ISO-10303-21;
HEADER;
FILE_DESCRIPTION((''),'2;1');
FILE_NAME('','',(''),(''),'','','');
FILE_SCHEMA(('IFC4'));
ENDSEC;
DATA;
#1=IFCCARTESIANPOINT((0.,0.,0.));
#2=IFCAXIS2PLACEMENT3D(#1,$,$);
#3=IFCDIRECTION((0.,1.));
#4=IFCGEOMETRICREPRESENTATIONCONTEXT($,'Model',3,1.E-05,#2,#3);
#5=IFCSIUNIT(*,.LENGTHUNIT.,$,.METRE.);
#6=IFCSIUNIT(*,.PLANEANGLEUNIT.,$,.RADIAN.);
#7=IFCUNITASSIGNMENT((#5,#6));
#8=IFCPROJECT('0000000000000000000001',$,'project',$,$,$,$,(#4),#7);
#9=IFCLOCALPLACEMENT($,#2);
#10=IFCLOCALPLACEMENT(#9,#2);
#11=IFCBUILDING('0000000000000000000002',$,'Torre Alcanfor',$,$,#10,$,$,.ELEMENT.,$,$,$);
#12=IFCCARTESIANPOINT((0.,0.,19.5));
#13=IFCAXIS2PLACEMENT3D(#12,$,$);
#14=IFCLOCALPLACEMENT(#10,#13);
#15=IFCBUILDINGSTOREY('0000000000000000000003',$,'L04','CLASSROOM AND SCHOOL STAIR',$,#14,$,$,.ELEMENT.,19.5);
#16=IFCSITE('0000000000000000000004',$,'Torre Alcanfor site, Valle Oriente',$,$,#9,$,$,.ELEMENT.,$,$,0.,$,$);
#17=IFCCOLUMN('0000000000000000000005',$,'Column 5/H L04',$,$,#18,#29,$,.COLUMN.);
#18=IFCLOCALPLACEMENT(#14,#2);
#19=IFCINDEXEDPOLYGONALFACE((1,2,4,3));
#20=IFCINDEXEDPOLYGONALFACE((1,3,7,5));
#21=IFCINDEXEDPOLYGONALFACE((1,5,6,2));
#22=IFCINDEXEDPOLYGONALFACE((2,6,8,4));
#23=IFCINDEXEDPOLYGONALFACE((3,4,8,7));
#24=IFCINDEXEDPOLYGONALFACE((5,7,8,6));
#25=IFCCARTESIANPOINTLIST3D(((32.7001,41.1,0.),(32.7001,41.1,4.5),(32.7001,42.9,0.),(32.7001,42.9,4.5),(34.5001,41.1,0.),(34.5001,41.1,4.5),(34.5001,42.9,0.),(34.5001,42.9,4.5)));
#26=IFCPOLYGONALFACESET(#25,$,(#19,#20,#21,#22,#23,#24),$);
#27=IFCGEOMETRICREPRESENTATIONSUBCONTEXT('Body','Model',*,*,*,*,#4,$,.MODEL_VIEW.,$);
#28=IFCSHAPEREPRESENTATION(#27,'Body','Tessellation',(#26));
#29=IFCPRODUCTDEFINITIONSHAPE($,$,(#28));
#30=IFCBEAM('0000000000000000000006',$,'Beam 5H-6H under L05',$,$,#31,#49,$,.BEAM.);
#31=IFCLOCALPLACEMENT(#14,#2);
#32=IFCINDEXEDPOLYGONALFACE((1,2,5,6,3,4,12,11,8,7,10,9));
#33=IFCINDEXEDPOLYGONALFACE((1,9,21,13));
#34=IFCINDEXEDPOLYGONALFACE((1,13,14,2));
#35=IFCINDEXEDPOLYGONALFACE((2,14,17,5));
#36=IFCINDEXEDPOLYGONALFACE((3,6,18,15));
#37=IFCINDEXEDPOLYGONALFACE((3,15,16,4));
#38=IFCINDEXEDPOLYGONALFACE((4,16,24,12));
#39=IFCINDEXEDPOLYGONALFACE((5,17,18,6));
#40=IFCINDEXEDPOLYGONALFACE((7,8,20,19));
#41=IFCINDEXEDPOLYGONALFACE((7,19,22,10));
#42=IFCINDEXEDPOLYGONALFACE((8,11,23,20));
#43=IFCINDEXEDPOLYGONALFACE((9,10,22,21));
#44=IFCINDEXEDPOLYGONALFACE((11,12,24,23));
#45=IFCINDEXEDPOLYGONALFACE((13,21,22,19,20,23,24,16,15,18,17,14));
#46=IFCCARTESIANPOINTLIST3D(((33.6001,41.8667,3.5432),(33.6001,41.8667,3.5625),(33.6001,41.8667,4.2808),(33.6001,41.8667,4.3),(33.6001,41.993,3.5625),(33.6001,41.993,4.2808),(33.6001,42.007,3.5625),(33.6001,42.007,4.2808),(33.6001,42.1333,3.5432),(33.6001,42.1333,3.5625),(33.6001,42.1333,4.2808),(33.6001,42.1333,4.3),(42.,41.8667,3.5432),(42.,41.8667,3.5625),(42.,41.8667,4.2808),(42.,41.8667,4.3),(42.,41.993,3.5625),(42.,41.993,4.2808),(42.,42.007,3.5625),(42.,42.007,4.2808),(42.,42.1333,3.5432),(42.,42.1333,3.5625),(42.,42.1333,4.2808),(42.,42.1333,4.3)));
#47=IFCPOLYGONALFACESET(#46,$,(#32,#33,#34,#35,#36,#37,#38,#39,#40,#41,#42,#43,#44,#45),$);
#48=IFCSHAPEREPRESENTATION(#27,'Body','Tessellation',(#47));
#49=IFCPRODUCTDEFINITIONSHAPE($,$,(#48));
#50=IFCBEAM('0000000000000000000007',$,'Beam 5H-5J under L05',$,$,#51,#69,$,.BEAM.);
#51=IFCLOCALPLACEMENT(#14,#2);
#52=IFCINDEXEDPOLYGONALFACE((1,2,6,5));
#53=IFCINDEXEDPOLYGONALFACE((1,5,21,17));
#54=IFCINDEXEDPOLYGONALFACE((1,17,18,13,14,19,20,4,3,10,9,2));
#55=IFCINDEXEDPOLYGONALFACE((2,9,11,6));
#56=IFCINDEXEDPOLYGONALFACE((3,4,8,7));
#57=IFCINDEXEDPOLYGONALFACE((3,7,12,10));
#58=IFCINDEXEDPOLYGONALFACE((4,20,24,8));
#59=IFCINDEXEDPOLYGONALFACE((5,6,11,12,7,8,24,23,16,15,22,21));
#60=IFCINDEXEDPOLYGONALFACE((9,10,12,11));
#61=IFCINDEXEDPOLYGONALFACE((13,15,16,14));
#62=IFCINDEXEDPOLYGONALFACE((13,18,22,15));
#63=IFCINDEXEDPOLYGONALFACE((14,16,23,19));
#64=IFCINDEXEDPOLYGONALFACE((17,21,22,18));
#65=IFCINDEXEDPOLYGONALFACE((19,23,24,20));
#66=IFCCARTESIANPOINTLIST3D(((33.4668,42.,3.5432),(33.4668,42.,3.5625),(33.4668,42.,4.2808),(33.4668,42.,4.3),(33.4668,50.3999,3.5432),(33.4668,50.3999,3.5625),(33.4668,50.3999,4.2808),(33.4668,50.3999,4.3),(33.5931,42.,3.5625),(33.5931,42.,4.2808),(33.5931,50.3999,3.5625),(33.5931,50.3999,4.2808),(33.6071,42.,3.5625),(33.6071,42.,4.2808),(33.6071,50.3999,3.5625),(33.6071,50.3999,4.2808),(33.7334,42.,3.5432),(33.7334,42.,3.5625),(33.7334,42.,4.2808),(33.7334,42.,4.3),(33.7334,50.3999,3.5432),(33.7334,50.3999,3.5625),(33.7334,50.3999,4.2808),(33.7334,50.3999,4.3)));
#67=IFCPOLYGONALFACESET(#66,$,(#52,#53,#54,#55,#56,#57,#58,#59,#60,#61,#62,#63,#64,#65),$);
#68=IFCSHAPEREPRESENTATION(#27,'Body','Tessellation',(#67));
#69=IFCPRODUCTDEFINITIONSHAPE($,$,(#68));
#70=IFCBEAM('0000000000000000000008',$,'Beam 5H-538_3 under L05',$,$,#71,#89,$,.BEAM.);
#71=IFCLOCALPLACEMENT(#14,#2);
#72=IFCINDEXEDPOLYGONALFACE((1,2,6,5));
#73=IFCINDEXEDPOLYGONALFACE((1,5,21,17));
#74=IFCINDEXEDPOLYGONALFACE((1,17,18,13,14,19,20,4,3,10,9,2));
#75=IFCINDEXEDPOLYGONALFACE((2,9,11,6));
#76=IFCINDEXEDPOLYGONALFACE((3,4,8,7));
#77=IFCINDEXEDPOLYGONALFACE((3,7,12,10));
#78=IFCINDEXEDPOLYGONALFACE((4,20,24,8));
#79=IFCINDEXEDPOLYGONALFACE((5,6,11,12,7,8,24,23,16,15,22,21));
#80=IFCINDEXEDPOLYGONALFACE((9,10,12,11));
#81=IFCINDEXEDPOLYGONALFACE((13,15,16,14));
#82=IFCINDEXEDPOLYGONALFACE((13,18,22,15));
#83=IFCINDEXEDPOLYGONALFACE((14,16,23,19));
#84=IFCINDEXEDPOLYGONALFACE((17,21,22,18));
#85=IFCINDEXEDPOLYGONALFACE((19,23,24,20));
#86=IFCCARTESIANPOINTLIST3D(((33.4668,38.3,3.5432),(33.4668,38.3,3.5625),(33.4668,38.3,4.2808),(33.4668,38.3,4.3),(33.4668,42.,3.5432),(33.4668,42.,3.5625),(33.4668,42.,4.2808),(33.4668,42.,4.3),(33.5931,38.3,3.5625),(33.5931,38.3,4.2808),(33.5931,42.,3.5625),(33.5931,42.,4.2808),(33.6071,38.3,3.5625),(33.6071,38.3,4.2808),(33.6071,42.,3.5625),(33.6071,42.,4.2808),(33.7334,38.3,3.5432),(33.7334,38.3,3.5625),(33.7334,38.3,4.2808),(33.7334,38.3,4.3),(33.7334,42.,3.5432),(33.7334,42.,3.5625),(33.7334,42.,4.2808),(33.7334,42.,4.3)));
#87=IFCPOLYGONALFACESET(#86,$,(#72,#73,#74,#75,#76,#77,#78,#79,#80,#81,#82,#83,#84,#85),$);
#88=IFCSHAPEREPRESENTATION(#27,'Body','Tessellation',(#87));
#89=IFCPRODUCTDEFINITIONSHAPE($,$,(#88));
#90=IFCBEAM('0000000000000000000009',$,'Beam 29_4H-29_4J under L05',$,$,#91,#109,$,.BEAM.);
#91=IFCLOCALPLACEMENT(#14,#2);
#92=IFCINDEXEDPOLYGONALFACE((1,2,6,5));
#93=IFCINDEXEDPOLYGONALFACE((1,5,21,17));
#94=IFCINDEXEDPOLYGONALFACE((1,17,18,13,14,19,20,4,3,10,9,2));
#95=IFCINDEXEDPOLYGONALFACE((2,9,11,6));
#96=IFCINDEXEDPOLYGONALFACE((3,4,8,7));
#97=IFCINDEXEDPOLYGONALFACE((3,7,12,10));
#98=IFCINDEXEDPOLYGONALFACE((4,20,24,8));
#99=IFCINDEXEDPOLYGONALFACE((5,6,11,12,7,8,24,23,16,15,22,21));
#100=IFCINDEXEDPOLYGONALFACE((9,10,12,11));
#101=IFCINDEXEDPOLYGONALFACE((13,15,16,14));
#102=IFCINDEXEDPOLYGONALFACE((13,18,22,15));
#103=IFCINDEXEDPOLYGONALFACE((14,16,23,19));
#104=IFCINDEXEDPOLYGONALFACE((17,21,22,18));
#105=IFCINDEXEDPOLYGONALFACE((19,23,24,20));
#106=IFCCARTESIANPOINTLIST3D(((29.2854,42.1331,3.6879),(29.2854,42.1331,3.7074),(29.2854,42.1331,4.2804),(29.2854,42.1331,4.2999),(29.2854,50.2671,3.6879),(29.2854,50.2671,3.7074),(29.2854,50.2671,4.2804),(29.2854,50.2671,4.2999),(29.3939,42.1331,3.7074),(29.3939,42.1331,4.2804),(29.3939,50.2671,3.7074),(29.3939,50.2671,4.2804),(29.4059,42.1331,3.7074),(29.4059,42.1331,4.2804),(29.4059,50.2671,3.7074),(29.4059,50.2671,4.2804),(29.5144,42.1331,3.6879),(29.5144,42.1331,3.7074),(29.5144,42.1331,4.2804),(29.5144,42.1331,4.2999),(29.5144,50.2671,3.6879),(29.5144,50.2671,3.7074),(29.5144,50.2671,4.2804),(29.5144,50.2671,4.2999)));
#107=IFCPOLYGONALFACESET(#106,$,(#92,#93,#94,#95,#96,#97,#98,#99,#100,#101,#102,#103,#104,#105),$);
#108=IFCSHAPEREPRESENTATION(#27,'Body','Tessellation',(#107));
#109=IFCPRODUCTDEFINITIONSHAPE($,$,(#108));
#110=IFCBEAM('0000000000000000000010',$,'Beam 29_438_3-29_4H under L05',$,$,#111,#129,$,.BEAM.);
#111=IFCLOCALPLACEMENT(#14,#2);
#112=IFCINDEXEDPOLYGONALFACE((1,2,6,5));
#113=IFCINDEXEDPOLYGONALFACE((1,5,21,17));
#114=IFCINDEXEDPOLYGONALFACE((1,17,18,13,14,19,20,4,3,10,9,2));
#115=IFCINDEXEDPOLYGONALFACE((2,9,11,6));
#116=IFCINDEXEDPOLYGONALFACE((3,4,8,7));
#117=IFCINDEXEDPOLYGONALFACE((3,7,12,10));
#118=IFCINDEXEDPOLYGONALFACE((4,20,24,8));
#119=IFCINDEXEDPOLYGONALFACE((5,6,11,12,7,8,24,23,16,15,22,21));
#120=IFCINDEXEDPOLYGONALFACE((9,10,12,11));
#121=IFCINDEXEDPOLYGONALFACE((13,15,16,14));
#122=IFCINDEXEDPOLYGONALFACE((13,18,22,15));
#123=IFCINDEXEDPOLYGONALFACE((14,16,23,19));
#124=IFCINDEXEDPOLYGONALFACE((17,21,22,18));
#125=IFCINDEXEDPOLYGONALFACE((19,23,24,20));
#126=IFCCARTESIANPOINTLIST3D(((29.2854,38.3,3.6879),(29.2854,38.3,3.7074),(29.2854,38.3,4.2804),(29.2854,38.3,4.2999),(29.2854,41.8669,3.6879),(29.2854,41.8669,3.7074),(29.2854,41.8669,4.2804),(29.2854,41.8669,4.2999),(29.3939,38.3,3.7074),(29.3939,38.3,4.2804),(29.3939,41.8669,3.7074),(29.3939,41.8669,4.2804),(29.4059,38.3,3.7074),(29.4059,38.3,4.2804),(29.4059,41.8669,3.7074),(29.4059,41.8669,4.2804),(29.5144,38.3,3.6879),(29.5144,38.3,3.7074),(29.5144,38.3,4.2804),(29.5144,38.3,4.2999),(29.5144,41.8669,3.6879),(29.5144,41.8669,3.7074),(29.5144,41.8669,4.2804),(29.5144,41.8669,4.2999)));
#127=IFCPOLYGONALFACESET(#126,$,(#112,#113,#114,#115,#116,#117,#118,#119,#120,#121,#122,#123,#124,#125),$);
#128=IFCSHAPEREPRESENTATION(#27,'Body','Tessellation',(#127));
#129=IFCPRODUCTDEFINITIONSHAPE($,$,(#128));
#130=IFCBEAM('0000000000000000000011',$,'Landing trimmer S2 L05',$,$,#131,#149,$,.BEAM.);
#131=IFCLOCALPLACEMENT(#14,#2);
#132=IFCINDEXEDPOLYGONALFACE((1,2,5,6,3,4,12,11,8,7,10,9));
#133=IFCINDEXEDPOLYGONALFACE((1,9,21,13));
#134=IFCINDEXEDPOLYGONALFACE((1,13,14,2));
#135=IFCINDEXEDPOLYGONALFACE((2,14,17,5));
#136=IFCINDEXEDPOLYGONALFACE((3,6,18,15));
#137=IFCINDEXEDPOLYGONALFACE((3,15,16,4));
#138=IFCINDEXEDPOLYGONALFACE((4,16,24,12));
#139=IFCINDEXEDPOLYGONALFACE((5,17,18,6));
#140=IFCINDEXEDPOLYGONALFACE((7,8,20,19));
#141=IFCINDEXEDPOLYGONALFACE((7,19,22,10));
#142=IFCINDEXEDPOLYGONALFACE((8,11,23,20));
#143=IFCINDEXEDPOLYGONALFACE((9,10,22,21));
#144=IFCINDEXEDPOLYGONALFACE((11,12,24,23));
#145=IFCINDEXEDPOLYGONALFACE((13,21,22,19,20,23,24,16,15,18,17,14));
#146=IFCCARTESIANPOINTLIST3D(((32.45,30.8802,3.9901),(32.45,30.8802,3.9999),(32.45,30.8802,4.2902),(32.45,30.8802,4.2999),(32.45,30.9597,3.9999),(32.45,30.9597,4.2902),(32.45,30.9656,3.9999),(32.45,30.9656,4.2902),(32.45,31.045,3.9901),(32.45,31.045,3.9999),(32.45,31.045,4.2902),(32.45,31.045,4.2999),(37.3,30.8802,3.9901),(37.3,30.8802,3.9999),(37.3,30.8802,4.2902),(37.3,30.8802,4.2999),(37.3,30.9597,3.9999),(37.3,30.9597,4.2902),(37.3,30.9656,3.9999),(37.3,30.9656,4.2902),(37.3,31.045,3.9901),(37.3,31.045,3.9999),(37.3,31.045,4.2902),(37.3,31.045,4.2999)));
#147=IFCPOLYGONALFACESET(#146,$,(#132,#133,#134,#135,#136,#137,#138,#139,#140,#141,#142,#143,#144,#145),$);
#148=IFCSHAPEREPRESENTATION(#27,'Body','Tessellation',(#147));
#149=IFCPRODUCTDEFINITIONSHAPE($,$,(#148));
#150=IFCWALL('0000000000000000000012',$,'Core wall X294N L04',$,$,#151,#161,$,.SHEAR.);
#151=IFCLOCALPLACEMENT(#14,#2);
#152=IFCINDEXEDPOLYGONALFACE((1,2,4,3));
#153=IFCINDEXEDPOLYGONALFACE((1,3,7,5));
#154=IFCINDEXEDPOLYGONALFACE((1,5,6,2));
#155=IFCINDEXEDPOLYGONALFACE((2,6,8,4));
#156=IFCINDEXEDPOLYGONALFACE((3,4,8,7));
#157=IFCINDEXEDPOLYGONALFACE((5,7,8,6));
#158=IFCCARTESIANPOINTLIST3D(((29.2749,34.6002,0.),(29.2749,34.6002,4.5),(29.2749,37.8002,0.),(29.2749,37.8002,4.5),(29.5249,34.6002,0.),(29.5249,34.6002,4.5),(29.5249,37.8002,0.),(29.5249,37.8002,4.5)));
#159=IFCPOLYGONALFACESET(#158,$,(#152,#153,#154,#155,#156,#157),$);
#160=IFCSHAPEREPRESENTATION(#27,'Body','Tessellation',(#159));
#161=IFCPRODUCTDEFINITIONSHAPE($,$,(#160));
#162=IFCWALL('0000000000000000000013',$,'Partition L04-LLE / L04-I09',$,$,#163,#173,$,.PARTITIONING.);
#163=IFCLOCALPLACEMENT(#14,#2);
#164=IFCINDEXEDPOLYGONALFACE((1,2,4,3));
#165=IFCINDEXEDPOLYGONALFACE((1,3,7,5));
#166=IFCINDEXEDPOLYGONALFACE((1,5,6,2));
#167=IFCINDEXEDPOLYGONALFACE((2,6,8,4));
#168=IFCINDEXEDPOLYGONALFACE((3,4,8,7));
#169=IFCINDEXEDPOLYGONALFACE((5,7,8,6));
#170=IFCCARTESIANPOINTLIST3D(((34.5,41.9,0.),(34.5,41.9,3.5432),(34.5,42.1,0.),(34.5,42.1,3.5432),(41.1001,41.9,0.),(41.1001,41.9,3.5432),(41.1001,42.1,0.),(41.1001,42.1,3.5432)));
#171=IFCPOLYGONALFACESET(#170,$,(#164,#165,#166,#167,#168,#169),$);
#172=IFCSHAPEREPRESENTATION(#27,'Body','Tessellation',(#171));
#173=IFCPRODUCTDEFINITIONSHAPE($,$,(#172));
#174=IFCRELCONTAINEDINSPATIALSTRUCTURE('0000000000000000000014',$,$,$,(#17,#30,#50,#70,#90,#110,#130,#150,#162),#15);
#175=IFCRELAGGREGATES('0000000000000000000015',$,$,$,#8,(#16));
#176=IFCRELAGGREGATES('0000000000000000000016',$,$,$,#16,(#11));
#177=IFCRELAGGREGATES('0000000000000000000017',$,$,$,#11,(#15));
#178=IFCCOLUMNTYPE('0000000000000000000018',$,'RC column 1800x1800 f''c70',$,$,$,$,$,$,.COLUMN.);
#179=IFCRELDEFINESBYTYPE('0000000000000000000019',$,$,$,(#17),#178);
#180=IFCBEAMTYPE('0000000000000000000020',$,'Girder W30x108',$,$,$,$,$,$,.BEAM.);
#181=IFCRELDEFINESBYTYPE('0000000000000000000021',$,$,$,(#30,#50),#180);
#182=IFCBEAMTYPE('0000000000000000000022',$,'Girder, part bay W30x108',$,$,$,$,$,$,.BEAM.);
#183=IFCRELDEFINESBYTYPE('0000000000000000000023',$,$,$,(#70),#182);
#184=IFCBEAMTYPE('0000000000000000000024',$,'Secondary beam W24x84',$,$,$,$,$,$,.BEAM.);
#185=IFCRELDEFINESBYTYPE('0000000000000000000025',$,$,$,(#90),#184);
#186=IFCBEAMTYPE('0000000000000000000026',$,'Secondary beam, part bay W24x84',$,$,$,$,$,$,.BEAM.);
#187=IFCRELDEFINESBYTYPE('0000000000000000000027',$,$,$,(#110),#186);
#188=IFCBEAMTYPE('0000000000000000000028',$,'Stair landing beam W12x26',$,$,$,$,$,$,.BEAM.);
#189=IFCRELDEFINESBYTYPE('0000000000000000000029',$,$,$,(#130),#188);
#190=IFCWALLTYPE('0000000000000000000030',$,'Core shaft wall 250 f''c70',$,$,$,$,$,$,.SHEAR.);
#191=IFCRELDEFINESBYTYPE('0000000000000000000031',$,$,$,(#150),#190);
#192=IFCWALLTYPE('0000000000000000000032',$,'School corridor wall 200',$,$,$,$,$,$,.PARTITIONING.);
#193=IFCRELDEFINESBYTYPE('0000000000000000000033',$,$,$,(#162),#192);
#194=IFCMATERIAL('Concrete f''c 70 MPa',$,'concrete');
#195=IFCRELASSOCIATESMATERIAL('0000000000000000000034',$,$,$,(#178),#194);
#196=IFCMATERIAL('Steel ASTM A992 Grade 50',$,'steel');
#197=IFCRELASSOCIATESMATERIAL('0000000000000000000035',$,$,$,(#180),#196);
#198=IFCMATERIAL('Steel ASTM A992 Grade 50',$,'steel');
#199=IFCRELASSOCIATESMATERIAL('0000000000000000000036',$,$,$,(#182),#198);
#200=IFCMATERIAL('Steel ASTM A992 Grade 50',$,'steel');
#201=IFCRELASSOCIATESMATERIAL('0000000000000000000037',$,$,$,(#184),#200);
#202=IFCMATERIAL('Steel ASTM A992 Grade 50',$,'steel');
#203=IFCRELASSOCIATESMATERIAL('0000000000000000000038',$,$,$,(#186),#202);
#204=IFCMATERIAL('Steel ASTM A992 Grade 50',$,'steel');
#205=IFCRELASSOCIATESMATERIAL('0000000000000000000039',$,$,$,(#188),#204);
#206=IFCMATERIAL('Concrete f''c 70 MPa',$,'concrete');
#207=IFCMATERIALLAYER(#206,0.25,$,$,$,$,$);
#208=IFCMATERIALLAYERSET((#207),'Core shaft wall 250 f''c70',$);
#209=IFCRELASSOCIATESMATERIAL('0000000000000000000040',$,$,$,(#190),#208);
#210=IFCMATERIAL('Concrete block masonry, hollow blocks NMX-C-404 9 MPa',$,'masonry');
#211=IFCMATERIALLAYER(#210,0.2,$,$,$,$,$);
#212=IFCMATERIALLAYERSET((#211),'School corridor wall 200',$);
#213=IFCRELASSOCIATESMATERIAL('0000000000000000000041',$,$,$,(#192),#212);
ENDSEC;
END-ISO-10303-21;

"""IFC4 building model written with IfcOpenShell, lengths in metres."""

from ifc_helpers import new_model, si_unit, direction, frame, frame_2d, origin, origin_2d, place, context, subcontext, project, spatial, rectangle, i_section, extrude, material, layer, layer_set, material_profile, profile_set, type_object, element, save


model = new_model("IFC4")

# Units and contexts
model_context = context("Model", 3, precision=1e-05, world=origin(), true_north=direction((0.0, 1.0)))
body_context = subcontext(model_context, "Body", "Model", "MODEL_VIEW")
ifc_project = project(units=[si_unit("LENGTHUNIT", "METRE"), si_unit("PLANEANGLEUNIT", "RADIAN")], contexts=[model_context])

# Site, building, storey
site_placement = place(None, origin())
site = spatial("IfcSite", under=ifc_project, at=site_placement, Name="Torre Alcanfor site, Valle Oriente", CompositionType="ELEMENT", RefElevation=0.0)
building_placement = place(site_placement, origin())
building = spatial("IfcBuilding", under=site, at=building_placement, Name="Torre Alcanfor", CompositionType="ELEMENT")
storey_placement = place(building_placement, frame((0.0, 0.0, 19.5)))
storey = spatial("IfcBuildingStorey", under=building, at=storey_placement, Name="L04", Description="CLASSROOM AND SCHOOL STAIR", CompositionType="ELEMENT", Elevation=19.5)

# Column
ifc_material_1 = material(Name="Concrete f'c 70 MPa", Category="concrete")
ifc_material_profile_1 = material_profile(ifc_material_1, rectangle(XDim=1.8, YDim=1.8, at=origin_2d()), Name="1800x1800")
ifc_profile_set_1 = profile_set([ifc_material_profile_1], Name="Concrete f'c 70 MPa")
column_type = type_object("IfcColumnType", Name="RC column 1800x1800 f'c70", PredefinedType="COLUMN", material=ifc_profile_set_1)
column_placement = place(storey_placement, frame((33.6001, 42.0, 0.0), z_axis=(0.0, 0.0, 1.0), x_axis=(1.0, 0.0, 0.0)))
element("IfcColumn", 1, at=column_placement, inside=storey, type_object=column_type, Name="Column 5/H L04", PredefinedType="COLUMN", context=body_context, shape_type="SweptSolid", body=[
    extrude(rectangle(XDim=1.8, YDim=1.8, at=origin_2d()), origin(), (0.0, 0.0, 1.0), 4.5),
])

# Beams
ifc_material_2 = material(Name="Steel ASTM A992 Grade 50", Category="steel")
ifc_material_profile_2 = material_profile(ifc_material_2, i_section(OverallWidth=0.2666, OverallDepth=0.7568, WebThickness=0.0139, FlangeThickness=0.0193, at=origin_2d()), Name="W30x108")
ifc_profile_set_2 = profile_set([ifc_material_profile_2], Name="Steel ASTM A992 Grade 50")
beam_type_1 = type_object("IfcBeamType", Name="Girder W30x108", PredefinedType="BEAM", material=ifc_profile_set_2)
for number, where, z_axis, x_axis, name in (
    (2, (33.6001, 42.0, 3.9216), (1.0, 0.0, 0.0), (0.0, 1.0, 0.0), "Beam 5H-6H under L05"),
    (3, (33.6001, 42.0, 3.9216), (0.0, 1.0, 0.0), (-1.0, 0.0, 0.0), "Beam 5H-5J under L05"),
):
    element("IfcBeam", number, at=place(storey_placement, frame(where, z_axis=z_axis, x_axis=x_axis)), inside=storey, type_object=beam_type_1, Name=name, PredefinedType="BEAM", context=body_context, shape_type="SweptSolid", body=[
        extrude(i_section(OverallWidth=0.2666, OverallDepth=0.7568, WebThickness=0.0139, FlangeThickness=0.0193, at=origin_2d()), origin(), (0.0, 0.0, 1.0), 8.3999),
    ])
ifc_material_3 = material(Name="Steel ASTM A992 Grade 50", Category="steel")
ifc_material_profile_3 = material_profile(ifc_material_3, i_section(OverallWidth=0.2666, OverallDepth=0.7568, WebThickness=0.0139, FlangeThickness=0.0193, at=origin_2d()), Name="W30x108")
ifc_profile_set_3 = profile_set([ifc_material_profile_3], Name="Steel ASTM A992 Grade 50")
beam_type_2 = type_object("IfcBeamType", Name="Girder, part bay W30x108", PredefinedType="BEAM", material=ifc_profile_set_3)
beam_1_placement = place(storey_placement, frame((33.6001, 42.0, 3.9216), z_axis=(0.0, -1.0, 0.0), x_axis=(1.0, 0.0, 0.0)))
element("IfcBeam", 4, at=beam_1_placement, inside=storey, type_object=beam_type_2, Name="Beam 5H-538_3 under L05", PredefinedType="BEAM", context=body_context, shape_type="SweptSolid", body=[
    extrude(i_section(OverallWidth=0.2666, OverallDepth=0.7568, WebThickness=0.0139, FlangeThickness=0.0193, at=origin_2d()), origin(), (0.0, 0.0, 1.0), 3.7),
])
ifc_material_4 = material(Name="Steel ASTM A992 Grade 50", Category="steel")
ifc_material_profile_4 = material_profile(ifc_material_4, i_section(OverallWidth=0.229, OverallDepth=0.6121, WebThickness=0.012, FlangeThickness=0.0195, at=origin_2d()), Name="W24x84")
ifc_profile_set_4 = profile_set([ifc_material_profile_4], Name="Steel ASTM A992 Grade 50")
beam_type_3 = type_object("IfcBeamType", Name="Secondary beam W24x84", PredefinedType="BEAM", material=ifc_profile_set_4)
beam_2_placement = place(storey_placement, frame((29.3999, 42.1331, 3.9939), z_axis=(0.0, 1.0, 0.0), x_axis=(-1.0, 0.0, 0.0)))
element("IfcBeam", 5, at=beam_2_placement, inside=storey, type_object=beam_type_3, Name="Beam 29_4H-29_4J under L05", PredefinedType="BEAM", context=body_context, shape_type="SweptSolid", body=[
    extrude(i_section(OverallWidth=0.229, OverallDepth=0.6121, WebThickness=0.012, FlangeThickness=0.0195, at=origin_2d()), origin(), (0.0, 0.0, 1.0), 8.134),
])
ifc_material_5 = material(Name="Steel ASTM A992 Grade 50", Category="steel")
ifc_material_profile_5 = material_profile(ifc_material_5, i_section(OverallWidth=0.229, OverallDepth=0.6121, WebThickness=0.012, FlangeThickness=0.0195, at=origin_2d()), Name="W24x84")
ifc_profile_set_5 = profile_set([ifc_material_profile_5], Name="Steel ASTM A992 Grade 50")
beam_type_4 = type_object("IfcBeamType", Name="Secondary beam, part bay W24x84", PredefinedType="BEAM", material=ifc_profile_set_5)
beam_3_placement = place(storey_placement, frame((29.3999, 38.3, 3.9939), z_axis=(0.0, 1.0, 0.0), x_axis=(-1.0, 0.0, 0.0)))
element("IfcBeam", 6, at=beam_3_placement, inside=storey, type_object=beam_type_4, Name="Beam 29_438_3-29_4H under L05", PredefinedType="BEAM", context=body_context, shape_type="SweptSolid", body=[
    extrude(i_section(OverallWidth=0.229, OverallDepth=0.6121, WebThickness=0.012, FlangeThickness=0.0195, at=origin_2d()), origin(), (0.0, 0.0, 1.0), 3.5669),
])
ifc_material_6 = material(Name="Steel ASTM A992 Grade 50", Category="steel")
ifc_material_profile_6 = material_profile(ifc_material_6, i_section(OverallWidth=0.1648, OverallDepth=0.3098, WebThickness=0.0059, FlangeThickness=0.0098, at=origin_2d()), Name="W12x26")
ifc_profile_set_6 = profile_set([ifc_material_profile_6], Name="Steel ASTM A992 Grade 50")
beam_type_5 = type_object("IfcBeamType", Name="Stair landing beam W12x26", PredefinedType="BEAM", material=ifc_profile_set_6)
beam_4_placement = place(storey_placement, frame((32.45, 30.9626, 4.145), z_axis=(1.0, 0.0, 0.0), x_axis=(0.0, 1.0, 0.0)))
element("IfcBeam", 7, at=beam_4_placement, inside=storey, type_object=beam_type_5, Name="Landing trimmer S2 L05", PredefinedType="BEAM", context=body_context, shape_type="SweptSolid", body=[
    extrude(i_section(OverallWidth=0.1648, OverallDepth=0.3098, WebThickness=0.0059, FlangeThickness=0.0098, at=origin_2d()), origin(), (0.0, 0.0, 1.0), 4.8501),
])

# Walls
ifc_material_7 = material(Name="Concrete f'c 70 MPa", Category="concrete")
ifc_layer_1 = layer(ifc_material_7, 0.25)
ifc_layer_set_1 = layer_set([ifc_layer_1], Name="Core shaft wall 250 f'c70")
wall_type_1 = type_object("IfcWallType", Name="Core shaft wall 250 f'c70", PredefinedType="SHEAR", material=ifc_layer_set_1)
wall_1_placement = place(storey_placement, frame((29.3999, 34.6001, 0.0), z_axis=(0.0, 0.0, 1.0), x_axis=(0.0, 1.0, 0.0)))
element("IfcWall", 8, at=wall_1_placement, inside=storey, type_object=wall_type_1, Name="Core wall X294N L04", PredefinedType="SHEAR", context=body_context, shape_type="SweptSolid", body=[
    extrude(rectangle(XDim=3.2, YDim=0.25, at=frame_2d((1.6001, 0.0))), origin(), (0.0, 0.0, 1.0), 4.5),
])
ifc_material_8 = material(Name="Concrete block masonry, hollow blocks NMX-C-404 9 MPa", Category="masonry")
ifc_layer_2 = layer(ifc_material_8, 0.2)
ifc_layer_set_2 = layer_set([ifc_layer_2], Name="School corridor wall 200")
wall_type_2 = type_object("IfcWallType", Name="School corridor wall 200", PredefinedType="PARTITIONING", material=ifc_layer_set_2)
wall_2_placement = place(storey_placement, frame((34.5, 42.0, 0.0), z_axis=(0.0, 0.0, 1.0), x_axis=(1.0, 0.0, 0.0)))
element("IfcWall", 9, at=wall_2_placement, inside=storey, type_object=wall_type_2, Name="Partition L04-LLE / L04-I09", PredefinedType="PARTITIONING", context=body_context, shape_type="SweptSolid", body=[
    extrude(rectangle(XDim=6.6001, YDim=0.2, at=frame_2d((3.3, 0.0))), origin(), (0.0, 0.0, 1.0), 3.5432),
])

save(model, "model.ifc")
